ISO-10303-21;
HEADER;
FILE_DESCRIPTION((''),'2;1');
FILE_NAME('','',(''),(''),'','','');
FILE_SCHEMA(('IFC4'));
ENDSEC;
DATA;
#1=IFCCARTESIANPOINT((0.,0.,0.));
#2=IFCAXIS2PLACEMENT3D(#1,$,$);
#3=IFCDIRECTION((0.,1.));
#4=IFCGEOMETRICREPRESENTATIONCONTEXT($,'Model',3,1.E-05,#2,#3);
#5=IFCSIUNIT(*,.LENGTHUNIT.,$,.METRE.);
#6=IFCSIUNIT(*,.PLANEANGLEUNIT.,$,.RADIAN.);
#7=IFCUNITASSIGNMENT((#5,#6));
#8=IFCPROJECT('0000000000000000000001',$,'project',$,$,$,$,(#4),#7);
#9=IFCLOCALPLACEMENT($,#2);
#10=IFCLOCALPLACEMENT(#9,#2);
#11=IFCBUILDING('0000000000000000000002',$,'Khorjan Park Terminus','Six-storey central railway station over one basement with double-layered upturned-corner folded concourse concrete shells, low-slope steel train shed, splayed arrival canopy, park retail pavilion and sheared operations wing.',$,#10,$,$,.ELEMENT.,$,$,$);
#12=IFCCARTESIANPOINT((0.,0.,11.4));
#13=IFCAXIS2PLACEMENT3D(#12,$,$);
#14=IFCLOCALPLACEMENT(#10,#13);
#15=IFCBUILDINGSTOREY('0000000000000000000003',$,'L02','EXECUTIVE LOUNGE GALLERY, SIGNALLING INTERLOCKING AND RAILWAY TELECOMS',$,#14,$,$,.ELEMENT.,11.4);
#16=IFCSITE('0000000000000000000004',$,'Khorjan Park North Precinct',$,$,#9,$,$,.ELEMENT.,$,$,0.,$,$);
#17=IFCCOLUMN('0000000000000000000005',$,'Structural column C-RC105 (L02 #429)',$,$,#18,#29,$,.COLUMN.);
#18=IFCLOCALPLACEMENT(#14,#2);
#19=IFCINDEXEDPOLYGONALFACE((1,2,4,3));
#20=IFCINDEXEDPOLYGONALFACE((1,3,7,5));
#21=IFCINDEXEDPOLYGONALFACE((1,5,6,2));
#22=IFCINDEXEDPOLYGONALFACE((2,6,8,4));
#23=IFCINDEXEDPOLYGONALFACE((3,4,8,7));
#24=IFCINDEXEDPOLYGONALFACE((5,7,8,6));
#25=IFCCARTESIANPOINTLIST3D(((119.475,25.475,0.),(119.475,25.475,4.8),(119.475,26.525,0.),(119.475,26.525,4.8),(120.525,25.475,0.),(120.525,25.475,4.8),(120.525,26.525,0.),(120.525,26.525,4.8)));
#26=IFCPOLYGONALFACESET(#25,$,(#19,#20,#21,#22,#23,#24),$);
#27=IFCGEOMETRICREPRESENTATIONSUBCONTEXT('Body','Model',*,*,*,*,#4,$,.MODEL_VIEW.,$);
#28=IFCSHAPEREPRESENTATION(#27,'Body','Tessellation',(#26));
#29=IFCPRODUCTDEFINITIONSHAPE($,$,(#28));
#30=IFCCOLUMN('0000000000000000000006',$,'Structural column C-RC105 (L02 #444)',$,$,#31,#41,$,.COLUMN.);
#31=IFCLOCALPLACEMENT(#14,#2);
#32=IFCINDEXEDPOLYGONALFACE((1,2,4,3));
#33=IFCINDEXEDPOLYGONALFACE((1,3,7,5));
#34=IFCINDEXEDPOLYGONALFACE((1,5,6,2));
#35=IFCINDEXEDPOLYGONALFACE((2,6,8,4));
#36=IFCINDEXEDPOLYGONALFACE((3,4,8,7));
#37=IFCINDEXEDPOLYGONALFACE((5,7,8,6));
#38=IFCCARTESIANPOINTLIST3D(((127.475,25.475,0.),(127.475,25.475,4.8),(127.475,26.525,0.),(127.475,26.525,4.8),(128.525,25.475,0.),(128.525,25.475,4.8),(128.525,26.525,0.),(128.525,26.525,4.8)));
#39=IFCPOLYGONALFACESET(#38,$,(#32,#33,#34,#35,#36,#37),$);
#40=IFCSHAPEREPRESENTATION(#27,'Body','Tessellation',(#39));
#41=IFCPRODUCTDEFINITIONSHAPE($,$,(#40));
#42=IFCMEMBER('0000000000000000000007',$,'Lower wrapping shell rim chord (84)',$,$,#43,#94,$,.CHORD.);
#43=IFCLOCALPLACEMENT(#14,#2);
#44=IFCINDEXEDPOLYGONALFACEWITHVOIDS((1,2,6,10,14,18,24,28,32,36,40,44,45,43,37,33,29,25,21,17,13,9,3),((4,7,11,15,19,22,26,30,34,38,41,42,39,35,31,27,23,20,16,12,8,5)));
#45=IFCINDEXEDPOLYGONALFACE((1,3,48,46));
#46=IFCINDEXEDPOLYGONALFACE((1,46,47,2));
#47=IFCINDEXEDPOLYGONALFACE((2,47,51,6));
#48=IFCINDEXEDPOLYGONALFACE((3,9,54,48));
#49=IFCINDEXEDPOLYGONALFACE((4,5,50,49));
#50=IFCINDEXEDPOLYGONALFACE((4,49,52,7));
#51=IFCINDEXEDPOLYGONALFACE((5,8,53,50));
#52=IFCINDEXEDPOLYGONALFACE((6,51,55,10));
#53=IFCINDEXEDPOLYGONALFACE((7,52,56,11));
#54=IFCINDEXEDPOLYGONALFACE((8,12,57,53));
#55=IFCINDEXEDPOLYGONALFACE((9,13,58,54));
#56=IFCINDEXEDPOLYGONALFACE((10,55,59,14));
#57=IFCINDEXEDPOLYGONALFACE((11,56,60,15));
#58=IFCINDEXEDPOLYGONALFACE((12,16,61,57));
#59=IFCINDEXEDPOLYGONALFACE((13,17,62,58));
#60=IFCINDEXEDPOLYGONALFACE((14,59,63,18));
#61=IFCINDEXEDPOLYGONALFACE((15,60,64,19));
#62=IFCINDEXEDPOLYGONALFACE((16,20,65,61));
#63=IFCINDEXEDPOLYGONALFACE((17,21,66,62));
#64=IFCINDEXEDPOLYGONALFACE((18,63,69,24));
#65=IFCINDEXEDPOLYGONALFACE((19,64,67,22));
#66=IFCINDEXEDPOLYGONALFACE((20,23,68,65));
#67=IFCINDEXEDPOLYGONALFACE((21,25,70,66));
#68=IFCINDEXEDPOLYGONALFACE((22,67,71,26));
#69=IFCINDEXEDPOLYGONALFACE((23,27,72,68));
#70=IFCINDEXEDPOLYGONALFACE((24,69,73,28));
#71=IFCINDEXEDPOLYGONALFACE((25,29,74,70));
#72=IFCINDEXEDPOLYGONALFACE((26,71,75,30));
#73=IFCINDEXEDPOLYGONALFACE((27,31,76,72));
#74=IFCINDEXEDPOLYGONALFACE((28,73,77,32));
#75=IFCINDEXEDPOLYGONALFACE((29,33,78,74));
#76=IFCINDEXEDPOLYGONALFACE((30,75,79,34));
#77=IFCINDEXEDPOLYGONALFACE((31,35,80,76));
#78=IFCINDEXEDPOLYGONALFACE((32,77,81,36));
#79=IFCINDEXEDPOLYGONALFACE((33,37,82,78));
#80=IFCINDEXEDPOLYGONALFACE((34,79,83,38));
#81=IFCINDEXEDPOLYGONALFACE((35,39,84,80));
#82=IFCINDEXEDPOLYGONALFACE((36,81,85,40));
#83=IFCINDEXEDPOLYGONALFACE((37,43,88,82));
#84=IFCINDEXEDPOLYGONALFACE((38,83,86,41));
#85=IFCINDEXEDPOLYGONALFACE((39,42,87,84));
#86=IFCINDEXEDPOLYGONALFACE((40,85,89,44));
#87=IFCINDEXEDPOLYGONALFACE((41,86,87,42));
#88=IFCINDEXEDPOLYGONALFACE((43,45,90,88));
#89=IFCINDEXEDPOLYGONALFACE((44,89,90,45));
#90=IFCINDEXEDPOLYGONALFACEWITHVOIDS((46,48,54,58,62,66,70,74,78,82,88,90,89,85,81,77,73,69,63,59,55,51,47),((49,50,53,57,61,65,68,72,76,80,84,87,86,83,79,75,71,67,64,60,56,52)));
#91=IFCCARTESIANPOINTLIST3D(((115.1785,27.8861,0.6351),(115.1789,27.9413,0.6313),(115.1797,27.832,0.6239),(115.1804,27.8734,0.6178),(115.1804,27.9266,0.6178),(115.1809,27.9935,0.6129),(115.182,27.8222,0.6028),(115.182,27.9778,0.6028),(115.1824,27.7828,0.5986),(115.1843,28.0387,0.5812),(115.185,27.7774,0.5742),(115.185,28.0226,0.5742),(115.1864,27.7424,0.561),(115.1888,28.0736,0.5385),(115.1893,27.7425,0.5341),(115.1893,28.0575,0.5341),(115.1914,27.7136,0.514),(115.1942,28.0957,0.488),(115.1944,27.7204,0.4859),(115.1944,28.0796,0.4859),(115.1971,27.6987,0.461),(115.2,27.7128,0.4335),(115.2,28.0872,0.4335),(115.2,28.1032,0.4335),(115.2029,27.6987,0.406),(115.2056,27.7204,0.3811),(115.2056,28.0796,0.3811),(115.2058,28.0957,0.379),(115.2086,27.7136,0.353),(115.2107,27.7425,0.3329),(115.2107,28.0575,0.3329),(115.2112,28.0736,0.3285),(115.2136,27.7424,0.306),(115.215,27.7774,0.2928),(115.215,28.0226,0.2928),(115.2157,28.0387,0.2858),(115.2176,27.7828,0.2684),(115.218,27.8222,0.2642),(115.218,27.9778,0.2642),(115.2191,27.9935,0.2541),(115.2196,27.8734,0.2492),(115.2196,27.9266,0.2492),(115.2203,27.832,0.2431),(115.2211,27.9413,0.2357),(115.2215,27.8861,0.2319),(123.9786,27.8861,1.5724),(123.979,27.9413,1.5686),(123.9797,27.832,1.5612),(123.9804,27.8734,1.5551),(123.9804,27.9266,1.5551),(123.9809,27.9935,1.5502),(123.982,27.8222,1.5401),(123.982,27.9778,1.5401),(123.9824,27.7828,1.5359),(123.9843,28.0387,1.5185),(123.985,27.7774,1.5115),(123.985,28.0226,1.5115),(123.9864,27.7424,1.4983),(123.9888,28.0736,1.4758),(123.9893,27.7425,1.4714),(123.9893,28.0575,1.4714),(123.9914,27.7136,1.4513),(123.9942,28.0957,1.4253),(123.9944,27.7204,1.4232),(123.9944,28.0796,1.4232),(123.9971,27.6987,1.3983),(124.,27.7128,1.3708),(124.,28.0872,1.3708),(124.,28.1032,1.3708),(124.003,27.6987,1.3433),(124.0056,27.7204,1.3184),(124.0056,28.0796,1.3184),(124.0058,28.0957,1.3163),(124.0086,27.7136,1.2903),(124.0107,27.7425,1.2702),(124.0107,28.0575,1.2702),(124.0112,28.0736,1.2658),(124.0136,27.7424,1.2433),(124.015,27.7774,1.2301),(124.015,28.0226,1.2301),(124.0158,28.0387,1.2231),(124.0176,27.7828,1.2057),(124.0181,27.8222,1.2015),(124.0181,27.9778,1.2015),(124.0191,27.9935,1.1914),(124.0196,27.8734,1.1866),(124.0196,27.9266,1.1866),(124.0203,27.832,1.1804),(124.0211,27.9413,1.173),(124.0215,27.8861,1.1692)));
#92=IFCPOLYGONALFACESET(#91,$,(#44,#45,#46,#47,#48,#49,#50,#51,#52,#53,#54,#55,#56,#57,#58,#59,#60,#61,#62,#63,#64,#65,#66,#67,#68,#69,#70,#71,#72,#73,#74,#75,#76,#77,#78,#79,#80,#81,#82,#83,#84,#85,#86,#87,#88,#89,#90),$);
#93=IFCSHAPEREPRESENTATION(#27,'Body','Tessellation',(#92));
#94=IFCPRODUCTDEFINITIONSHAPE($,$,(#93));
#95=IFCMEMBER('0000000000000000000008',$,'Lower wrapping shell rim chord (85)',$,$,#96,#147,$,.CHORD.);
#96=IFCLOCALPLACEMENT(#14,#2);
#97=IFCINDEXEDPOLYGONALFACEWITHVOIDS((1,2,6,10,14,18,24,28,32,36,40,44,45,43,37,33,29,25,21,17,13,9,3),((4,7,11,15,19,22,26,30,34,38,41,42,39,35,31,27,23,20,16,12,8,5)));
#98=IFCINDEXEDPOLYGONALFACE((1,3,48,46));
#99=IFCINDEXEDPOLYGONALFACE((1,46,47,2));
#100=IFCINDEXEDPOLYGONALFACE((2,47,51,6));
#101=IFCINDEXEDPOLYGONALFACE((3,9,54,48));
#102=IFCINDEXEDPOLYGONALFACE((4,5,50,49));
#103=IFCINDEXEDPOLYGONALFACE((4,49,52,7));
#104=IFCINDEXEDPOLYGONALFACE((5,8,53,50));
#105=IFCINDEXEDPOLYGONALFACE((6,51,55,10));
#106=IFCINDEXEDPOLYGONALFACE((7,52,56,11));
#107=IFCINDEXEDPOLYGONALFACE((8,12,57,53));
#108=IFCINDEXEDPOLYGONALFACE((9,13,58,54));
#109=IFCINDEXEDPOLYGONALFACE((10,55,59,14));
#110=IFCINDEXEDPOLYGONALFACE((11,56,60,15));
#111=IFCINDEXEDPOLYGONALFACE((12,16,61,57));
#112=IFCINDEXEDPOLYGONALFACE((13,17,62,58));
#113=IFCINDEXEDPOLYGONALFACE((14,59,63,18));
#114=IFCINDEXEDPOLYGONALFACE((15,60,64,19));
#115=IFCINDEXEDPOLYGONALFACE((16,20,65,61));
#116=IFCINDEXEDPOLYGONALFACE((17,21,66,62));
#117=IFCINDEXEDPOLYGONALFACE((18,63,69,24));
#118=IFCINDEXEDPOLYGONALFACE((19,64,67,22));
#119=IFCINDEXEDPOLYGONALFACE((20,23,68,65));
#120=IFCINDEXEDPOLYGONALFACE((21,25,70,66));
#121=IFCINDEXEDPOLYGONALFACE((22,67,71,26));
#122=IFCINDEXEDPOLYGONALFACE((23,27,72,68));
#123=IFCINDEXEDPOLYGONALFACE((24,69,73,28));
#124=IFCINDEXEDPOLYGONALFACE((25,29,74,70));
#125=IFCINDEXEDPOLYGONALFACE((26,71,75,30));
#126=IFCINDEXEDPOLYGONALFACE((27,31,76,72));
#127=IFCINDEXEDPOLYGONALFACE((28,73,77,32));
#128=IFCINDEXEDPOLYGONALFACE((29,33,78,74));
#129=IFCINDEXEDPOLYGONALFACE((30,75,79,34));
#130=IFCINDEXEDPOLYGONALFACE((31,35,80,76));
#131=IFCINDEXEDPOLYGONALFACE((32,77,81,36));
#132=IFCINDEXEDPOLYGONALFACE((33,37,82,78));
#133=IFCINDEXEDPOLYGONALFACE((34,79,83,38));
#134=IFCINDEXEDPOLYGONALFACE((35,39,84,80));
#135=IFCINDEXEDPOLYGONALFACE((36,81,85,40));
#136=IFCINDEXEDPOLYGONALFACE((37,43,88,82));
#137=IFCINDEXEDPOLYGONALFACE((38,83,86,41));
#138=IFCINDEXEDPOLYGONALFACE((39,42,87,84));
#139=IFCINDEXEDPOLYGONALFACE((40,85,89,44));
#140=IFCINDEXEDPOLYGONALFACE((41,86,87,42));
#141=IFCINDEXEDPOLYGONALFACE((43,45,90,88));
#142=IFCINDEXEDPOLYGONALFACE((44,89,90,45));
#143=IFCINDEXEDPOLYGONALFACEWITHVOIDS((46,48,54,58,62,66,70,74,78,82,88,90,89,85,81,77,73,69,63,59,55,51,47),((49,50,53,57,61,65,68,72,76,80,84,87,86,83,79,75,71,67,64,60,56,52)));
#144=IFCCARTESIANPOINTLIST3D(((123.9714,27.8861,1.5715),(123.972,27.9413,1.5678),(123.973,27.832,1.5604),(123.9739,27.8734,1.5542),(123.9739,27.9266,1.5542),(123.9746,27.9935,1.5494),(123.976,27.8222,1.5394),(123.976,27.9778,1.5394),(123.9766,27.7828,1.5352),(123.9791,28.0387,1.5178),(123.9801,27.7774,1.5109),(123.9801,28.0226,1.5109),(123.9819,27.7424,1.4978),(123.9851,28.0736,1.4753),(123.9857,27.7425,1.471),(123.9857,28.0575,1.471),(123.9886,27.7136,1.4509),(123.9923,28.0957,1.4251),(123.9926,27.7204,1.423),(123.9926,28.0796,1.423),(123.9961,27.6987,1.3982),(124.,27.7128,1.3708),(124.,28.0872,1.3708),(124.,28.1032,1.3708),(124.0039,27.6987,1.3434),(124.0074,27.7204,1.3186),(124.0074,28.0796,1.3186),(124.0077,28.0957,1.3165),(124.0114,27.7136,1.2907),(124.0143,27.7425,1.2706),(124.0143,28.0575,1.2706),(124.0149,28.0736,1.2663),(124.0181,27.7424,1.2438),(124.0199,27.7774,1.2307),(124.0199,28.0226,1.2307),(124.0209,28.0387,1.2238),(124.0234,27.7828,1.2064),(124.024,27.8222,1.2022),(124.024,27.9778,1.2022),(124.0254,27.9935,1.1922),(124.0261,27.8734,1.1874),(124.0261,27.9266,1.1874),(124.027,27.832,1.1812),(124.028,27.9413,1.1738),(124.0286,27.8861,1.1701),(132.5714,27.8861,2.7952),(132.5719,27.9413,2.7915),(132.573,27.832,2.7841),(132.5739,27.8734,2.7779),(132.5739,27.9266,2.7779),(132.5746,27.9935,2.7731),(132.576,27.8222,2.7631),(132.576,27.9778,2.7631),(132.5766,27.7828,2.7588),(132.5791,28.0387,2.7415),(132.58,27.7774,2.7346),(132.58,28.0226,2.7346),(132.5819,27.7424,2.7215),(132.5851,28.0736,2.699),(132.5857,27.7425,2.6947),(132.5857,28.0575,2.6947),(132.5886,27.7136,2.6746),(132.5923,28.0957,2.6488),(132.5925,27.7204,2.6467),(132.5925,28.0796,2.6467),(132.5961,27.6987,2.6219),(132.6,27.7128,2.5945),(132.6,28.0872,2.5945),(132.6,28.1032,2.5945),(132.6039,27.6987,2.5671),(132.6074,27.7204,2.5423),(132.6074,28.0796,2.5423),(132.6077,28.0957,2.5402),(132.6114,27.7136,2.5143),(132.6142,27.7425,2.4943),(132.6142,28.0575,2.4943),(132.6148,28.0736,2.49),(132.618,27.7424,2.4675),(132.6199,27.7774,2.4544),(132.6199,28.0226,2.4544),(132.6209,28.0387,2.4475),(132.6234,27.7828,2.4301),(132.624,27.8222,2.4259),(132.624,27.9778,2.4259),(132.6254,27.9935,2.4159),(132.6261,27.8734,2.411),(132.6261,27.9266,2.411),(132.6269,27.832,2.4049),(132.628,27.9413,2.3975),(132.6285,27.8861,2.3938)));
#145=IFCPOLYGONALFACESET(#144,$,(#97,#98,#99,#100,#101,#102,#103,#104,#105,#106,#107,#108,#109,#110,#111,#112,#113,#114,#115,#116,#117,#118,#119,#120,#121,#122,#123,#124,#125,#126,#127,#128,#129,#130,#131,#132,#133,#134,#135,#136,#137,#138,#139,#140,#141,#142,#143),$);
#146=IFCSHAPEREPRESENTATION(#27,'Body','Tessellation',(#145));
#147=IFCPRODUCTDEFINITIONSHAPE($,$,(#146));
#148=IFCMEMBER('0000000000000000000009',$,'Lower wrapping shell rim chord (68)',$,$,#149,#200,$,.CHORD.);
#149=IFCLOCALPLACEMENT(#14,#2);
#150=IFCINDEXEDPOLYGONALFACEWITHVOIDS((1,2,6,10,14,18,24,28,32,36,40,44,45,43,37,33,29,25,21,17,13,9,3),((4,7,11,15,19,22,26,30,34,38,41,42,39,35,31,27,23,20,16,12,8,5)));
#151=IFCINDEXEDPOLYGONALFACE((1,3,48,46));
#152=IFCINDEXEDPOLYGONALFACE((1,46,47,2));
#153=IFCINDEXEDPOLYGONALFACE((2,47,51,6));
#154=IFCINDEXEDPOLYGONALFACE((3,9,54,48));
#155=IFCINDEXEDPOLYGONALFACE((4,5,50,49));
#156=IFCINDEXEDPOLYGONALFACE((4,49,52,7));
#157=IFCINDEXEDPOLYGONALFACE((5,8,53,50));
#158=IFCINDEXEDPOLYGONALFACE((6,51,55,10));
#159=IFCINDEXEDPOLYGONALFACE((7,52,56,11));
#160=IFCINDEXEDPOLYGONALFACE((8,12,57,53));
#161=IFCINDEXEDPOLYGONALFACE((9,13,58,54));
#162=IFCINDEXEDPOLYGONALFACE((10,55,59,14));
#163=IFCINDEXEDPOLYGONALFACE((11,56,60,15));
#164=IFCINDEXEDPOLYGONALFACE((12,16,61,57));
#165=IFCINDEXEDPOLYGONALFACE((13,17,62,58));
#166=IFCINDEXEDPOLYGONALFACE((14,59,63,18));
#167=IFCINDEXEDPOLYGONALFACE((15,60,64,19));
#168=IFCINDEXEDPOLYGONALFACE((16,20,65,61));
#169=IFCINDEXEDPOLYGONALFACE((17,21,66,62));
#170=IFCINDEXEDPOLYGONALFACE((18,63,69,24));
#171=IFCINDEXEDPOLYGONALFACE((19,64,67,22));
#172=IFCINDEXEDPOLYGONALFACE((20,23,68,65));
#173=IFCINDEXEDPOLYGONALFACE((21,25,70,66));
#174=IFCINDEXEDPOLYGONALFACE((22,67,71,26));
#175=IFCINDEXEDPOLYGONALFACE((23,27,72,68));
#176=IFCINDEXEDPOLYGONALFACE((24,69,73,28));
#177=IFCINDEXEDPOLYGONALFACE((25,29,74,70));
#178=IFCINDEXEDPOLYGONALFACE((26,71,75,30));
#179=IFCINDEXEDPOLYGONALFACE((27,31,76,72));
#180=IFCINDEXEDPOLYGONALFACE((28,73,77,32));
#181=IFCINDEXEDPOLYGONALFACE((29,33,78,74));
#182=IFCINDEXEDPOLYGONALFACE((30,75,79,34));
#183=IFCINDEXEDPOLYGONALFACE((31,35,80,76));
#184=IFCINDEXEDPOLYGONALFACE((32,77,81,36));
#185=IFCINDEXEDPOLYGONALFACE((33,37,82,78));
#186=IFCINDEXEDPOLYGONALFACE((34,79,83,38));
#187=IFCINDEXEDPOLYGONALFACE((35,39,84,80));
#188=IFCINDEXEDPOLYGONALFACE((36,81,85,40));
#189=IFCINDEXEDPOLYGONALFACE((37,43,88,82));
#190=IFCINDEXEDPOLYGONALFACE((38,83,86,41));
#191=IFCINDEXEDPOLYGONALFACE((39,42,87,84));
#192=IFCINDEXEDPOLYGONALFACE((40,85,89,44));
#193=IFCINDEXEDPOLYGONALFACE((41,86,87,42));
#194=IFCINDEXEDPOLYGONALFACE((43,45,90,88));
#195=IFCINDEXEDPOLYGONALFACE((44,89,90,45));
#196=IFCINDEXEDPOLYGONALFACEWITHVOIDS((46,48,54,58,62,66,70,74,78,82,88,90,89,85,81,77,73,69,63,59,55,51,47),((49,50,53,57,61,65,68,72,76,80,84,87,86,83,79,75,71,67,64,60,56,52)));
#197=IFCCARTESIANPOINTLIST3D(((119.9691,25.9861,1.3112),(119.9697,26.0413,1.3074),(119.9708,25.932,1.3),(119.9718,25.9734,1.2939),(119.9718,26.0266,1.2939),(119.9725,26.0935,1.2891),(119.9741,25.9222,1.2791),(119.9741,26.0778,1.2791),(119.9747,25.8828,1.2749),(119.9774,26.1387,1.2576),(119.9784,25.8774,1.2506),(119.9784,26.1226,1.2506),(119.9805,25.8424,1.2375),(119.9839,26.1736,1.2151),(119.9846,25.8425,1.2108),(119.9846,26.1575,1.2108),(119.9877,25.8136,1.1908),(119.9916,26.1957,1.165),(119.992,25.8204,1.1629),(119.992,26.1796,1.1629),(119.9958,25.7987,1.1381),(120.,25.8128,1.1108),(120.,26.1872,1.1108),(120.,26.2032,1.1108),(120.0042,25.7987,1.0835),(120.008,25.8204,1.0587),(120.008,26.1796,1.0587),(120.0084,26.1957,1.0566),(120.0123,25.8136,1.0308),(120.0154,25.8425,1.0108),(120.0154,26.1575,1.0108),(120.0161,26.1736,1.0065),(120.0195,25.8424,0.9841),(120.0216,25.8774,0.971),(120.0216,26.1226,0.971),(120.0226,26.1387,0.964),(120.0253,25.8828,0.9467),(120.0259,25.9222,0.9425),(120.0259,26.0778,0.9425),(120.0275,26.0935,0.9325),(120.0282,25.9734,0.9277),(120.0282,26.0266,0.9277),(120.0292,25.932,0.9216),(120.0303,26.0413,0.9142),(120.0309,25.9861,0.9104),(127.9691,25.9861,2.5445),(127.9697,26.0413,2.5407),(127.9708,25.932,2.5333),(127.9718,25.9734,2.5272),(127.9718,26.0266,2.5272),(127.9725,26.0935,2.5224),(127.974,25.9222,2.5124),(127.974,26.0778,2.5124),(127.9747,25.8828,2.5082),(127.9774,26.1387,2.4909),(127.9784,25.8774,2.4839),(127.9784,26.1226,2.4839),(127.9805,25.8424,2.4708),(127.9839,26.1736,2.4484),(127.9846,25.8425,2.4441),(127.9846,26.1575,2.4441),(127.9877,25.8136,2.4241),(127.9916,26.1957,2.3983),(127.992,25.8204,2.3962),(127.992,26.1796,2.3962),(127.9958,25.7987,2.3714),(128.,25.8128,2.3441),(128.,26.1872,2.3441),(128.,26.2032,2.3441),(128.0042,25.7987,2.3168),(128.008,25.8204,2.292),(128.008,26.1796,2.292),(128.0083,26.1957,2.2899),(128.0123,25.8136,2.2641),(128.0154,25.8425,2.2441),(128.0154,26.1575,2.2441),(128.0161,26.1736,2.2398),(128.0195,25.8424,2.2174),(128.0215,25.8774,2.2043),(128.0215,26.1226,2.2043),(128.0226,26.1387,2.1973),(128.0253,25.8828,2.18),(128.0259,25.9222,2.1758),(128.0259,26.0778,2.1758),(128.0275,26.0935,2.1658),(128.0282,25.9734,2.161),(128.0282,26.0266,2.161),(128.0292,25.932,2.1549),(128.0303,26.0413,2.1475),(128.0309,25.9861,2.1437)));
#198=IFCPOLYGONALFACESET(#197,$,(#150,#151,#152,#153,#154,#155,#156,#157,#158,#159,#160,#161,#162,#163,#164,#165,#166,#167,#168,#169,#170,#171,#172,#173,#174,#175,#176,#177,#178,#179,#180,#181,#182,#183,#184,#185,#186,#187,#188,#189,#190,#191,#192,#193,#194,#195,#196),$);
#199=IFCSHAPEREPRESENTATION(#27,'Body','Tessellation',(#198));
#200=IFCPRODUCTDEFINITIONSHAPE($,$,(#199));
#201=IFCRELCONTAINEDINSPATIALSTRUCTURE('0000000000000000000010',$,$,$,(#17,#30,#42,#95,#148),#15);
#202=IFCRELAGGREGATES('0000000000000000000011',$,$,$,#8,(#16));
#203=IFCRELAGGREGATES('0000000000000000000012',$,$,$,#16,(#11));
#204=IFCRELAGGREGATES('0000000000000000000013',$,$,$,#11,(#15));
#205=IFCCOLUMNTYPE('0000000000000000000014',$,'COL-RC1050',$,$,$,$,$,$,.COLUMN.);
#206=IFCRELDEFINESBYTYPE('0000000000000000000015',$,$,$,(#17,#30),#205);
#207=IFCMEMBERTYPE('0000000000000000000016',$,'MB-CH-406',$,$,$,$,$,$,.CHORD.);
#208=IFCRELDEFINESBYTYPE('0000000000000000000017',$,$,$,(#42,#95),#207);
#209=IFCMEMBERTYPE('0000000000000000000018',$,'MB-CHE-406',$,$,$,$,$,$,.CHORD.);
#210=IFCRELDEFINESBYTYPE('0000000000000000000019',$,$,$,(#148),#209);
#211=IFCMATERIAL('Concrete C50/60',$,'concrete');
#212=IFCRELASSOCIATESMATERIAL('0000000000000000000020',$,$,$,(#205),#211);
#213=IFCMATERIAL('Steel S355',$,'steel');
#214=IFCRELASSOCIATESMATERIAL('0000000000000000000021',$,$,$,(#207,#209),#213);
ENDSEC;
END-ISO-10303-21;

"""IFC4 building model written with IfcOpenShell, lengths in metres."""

from ifc_helpers import new_model, si_unit, direction, frame, origin, origin_2d, place, context, subcontext, project, spatial, rectangle, hollow_circle, extrude, material, material_profile, profile_set, type_object, element, save


model = new_model("IFC4")

# Units and contexts
model_context = context("Model", 3, precision=1e-05, world=origin(), true_north=direction((0.0, 1.0)))
body_context = subcontext(model_context, "Body", "Model", "MODEL_VIEW")
ifc_project = project(units=[si_unit("LENGTHUNIT", "METRE"), si_unit("PLANEANGLEUNIT", "RADIAN")], contexts=[model_context])

# Site, building, storey
site_placement = place(None, origin())
site = spatial("IfcSite", under=ifc_project, at=site_placement, Name="Khorjan Park North Precinct", CompositionType="ELEMENT", RefElevation=0.0)
building_placement = place(site_placement, origin())
building = spatial("IfcBuilding", under=site, at=building_placement, Name="Khorjan Park Terminus", Description="Six-storey central railway station over one basement with double-layered upturned-corner folded concourse concrete shells, low-slope steel train shed, splayed arrival canopy, park retail pavilion and sheared operations wing.", CompositionType="ELEMENT")
storey_placement = place(building_placement, frame((0.0, 0.0, 11.4)))
storey = spatial("IfcBuildingStorey", under=building, at=storey_placement, Name="L02", Description="EXECUTIVE LOUNGE GALLERY, SIGNALLING INTERLOCKING AND RAILWAY TELECOMS", CompositionType="ELEMENT", Elevation=11.4)

# Columns
ifc_material_1 = material(Name="Concrete C50/60", Category="concrete")
ifc_material_profile_1 = material_profile(ifc_material_1, rectangle(XDim=1.05, YDim=1.05, at=origin_2d()), Name="RC 1050x1050")
ifc_profile_set_1 = profile_set([ifc_material_profile_1], Name="Concrete C50/60")
column_type = type_object("IfcColumnType", Name="COL-RC1050", PredefinedType="COLUMN", material=ifc_profile_set_1)
for number, where, z_axis, x_axis, name in (
    (1, (120.0, 26.0, 0.0), (0.0, 0.0, 1.0), (1.0, 0.0, 0.0), "Structural column C-RC105 (L02 #429)"),
    (2, (128.0, 26.0, 0.0), (0.0, 0.0, 1.0), (1.0, 0.0, 0.0), "Structural column C-RC105 (L02 #444)"),
):
    element("IfcColumn", number, at=place(storey_placement, frame(where, z_axis=z_axis, x_axis=x_axis)), inside=storey, type_object=column_type, Name=name, PredefinedType="COLUMN", context=body_context, shape_type="SweptSolid", body=[
        extrude(rectangle(XDim=1.05, YDim=1.05, at=origin_2d()), origin(), (0.0, 0.0, 1.0), 4.8),
    ])

# Members
ifc_material_2 = material(Name="Steel S355", Category="steel")
ifc_material_profile_2 = material_profile(ifc_material_2, hollow_circle(Radius=0.2032, WallThickness=0.016, at=origin_2d()), Name="CHS 406.4x16")
ifc_profile_set_2 = profile_set([ifc_material_profile_2], Name="Steel S355")
member_type_1 = type_object("IfcMemberType", Name="MB-CH-406", PredefinedType="CHORD", material=ifc_profile_set_2)
member_1_placement = place(storey_placement, frame((115.2, 27.9, 0.4335), z_axis=(0.994375, 0.0, 0.105912), x_axis=(0.0, 1.0, 0.0)))
element("IfcMember", 3, at=member_1_placement, inside=storey, type_object=member_type_1, Name="Lower wrapping shell rim chord (84)", PredefinedType="CHORD", context=body_context, shape_type="SweptSolid", body=[
    extrude(hollow_circle(Radius=0.2032, WallThickness=0.016, at=origin_2d()), origin(), (0.0, 0.0, 1.0), 8.8498),
])
member_2_placement = place(storey_placement, frame((124.0, 27.9, 1.3708), z_axis=(0.990028, 0.0, 0.140872), x_axis=(0.0, 1.0, 0.0)))
element("IfcMember", 4, at=member_2_placement, inside=storey, type_object=member_type_1, Name="Lower wrapping shell rim chord (85)", PredefinedType="CHORD", context=body_context, shape_type="SweptSolid", body=[
    extrude(hollow_circle(Radius=0.2032, WallThickness=0.016, at=origin_2d()), origin(), (0.0, 0.0, 1.0), 8.6866),
])
ifc_material_profile_3 = material_profile(ifc_material_2, hollow_circle(Radius=0.2032, WallThickness=0.016, at=origin_2d()), Name="CHS 406.4x16")
ifc_profile_set_3 = profile_set([ifc_material_profile_3], Name="Steel S355")
member_type_2 = type_object("IfcMemberType", Name="MB-CHE-406", PredefinedType="CHORD", material=ifc_profile_set_3)
member_3_placement = place(storey_placement, frame((120.0, 26.0, 1.1108), z_axis=(0.988325, 0.0, 0.152363), x_axis=(0.0, 1.0, 0.0)))
element("IfcMember", 5, at=member_3_placement, inside=storey, type_object=member_type_2, Name="Lower wrapping shell rim chord (68)", PredefinedType="CHORD", context=body_context, shape_type="SweptSolid", body=[
    extrude(hollow_circle(Radius=0.2032, WallThickness=0.016, at=origin_2d()), origin(), (0.0, 0.0, 1.0), 8.0945),
])

save(model, "model.ifc")
